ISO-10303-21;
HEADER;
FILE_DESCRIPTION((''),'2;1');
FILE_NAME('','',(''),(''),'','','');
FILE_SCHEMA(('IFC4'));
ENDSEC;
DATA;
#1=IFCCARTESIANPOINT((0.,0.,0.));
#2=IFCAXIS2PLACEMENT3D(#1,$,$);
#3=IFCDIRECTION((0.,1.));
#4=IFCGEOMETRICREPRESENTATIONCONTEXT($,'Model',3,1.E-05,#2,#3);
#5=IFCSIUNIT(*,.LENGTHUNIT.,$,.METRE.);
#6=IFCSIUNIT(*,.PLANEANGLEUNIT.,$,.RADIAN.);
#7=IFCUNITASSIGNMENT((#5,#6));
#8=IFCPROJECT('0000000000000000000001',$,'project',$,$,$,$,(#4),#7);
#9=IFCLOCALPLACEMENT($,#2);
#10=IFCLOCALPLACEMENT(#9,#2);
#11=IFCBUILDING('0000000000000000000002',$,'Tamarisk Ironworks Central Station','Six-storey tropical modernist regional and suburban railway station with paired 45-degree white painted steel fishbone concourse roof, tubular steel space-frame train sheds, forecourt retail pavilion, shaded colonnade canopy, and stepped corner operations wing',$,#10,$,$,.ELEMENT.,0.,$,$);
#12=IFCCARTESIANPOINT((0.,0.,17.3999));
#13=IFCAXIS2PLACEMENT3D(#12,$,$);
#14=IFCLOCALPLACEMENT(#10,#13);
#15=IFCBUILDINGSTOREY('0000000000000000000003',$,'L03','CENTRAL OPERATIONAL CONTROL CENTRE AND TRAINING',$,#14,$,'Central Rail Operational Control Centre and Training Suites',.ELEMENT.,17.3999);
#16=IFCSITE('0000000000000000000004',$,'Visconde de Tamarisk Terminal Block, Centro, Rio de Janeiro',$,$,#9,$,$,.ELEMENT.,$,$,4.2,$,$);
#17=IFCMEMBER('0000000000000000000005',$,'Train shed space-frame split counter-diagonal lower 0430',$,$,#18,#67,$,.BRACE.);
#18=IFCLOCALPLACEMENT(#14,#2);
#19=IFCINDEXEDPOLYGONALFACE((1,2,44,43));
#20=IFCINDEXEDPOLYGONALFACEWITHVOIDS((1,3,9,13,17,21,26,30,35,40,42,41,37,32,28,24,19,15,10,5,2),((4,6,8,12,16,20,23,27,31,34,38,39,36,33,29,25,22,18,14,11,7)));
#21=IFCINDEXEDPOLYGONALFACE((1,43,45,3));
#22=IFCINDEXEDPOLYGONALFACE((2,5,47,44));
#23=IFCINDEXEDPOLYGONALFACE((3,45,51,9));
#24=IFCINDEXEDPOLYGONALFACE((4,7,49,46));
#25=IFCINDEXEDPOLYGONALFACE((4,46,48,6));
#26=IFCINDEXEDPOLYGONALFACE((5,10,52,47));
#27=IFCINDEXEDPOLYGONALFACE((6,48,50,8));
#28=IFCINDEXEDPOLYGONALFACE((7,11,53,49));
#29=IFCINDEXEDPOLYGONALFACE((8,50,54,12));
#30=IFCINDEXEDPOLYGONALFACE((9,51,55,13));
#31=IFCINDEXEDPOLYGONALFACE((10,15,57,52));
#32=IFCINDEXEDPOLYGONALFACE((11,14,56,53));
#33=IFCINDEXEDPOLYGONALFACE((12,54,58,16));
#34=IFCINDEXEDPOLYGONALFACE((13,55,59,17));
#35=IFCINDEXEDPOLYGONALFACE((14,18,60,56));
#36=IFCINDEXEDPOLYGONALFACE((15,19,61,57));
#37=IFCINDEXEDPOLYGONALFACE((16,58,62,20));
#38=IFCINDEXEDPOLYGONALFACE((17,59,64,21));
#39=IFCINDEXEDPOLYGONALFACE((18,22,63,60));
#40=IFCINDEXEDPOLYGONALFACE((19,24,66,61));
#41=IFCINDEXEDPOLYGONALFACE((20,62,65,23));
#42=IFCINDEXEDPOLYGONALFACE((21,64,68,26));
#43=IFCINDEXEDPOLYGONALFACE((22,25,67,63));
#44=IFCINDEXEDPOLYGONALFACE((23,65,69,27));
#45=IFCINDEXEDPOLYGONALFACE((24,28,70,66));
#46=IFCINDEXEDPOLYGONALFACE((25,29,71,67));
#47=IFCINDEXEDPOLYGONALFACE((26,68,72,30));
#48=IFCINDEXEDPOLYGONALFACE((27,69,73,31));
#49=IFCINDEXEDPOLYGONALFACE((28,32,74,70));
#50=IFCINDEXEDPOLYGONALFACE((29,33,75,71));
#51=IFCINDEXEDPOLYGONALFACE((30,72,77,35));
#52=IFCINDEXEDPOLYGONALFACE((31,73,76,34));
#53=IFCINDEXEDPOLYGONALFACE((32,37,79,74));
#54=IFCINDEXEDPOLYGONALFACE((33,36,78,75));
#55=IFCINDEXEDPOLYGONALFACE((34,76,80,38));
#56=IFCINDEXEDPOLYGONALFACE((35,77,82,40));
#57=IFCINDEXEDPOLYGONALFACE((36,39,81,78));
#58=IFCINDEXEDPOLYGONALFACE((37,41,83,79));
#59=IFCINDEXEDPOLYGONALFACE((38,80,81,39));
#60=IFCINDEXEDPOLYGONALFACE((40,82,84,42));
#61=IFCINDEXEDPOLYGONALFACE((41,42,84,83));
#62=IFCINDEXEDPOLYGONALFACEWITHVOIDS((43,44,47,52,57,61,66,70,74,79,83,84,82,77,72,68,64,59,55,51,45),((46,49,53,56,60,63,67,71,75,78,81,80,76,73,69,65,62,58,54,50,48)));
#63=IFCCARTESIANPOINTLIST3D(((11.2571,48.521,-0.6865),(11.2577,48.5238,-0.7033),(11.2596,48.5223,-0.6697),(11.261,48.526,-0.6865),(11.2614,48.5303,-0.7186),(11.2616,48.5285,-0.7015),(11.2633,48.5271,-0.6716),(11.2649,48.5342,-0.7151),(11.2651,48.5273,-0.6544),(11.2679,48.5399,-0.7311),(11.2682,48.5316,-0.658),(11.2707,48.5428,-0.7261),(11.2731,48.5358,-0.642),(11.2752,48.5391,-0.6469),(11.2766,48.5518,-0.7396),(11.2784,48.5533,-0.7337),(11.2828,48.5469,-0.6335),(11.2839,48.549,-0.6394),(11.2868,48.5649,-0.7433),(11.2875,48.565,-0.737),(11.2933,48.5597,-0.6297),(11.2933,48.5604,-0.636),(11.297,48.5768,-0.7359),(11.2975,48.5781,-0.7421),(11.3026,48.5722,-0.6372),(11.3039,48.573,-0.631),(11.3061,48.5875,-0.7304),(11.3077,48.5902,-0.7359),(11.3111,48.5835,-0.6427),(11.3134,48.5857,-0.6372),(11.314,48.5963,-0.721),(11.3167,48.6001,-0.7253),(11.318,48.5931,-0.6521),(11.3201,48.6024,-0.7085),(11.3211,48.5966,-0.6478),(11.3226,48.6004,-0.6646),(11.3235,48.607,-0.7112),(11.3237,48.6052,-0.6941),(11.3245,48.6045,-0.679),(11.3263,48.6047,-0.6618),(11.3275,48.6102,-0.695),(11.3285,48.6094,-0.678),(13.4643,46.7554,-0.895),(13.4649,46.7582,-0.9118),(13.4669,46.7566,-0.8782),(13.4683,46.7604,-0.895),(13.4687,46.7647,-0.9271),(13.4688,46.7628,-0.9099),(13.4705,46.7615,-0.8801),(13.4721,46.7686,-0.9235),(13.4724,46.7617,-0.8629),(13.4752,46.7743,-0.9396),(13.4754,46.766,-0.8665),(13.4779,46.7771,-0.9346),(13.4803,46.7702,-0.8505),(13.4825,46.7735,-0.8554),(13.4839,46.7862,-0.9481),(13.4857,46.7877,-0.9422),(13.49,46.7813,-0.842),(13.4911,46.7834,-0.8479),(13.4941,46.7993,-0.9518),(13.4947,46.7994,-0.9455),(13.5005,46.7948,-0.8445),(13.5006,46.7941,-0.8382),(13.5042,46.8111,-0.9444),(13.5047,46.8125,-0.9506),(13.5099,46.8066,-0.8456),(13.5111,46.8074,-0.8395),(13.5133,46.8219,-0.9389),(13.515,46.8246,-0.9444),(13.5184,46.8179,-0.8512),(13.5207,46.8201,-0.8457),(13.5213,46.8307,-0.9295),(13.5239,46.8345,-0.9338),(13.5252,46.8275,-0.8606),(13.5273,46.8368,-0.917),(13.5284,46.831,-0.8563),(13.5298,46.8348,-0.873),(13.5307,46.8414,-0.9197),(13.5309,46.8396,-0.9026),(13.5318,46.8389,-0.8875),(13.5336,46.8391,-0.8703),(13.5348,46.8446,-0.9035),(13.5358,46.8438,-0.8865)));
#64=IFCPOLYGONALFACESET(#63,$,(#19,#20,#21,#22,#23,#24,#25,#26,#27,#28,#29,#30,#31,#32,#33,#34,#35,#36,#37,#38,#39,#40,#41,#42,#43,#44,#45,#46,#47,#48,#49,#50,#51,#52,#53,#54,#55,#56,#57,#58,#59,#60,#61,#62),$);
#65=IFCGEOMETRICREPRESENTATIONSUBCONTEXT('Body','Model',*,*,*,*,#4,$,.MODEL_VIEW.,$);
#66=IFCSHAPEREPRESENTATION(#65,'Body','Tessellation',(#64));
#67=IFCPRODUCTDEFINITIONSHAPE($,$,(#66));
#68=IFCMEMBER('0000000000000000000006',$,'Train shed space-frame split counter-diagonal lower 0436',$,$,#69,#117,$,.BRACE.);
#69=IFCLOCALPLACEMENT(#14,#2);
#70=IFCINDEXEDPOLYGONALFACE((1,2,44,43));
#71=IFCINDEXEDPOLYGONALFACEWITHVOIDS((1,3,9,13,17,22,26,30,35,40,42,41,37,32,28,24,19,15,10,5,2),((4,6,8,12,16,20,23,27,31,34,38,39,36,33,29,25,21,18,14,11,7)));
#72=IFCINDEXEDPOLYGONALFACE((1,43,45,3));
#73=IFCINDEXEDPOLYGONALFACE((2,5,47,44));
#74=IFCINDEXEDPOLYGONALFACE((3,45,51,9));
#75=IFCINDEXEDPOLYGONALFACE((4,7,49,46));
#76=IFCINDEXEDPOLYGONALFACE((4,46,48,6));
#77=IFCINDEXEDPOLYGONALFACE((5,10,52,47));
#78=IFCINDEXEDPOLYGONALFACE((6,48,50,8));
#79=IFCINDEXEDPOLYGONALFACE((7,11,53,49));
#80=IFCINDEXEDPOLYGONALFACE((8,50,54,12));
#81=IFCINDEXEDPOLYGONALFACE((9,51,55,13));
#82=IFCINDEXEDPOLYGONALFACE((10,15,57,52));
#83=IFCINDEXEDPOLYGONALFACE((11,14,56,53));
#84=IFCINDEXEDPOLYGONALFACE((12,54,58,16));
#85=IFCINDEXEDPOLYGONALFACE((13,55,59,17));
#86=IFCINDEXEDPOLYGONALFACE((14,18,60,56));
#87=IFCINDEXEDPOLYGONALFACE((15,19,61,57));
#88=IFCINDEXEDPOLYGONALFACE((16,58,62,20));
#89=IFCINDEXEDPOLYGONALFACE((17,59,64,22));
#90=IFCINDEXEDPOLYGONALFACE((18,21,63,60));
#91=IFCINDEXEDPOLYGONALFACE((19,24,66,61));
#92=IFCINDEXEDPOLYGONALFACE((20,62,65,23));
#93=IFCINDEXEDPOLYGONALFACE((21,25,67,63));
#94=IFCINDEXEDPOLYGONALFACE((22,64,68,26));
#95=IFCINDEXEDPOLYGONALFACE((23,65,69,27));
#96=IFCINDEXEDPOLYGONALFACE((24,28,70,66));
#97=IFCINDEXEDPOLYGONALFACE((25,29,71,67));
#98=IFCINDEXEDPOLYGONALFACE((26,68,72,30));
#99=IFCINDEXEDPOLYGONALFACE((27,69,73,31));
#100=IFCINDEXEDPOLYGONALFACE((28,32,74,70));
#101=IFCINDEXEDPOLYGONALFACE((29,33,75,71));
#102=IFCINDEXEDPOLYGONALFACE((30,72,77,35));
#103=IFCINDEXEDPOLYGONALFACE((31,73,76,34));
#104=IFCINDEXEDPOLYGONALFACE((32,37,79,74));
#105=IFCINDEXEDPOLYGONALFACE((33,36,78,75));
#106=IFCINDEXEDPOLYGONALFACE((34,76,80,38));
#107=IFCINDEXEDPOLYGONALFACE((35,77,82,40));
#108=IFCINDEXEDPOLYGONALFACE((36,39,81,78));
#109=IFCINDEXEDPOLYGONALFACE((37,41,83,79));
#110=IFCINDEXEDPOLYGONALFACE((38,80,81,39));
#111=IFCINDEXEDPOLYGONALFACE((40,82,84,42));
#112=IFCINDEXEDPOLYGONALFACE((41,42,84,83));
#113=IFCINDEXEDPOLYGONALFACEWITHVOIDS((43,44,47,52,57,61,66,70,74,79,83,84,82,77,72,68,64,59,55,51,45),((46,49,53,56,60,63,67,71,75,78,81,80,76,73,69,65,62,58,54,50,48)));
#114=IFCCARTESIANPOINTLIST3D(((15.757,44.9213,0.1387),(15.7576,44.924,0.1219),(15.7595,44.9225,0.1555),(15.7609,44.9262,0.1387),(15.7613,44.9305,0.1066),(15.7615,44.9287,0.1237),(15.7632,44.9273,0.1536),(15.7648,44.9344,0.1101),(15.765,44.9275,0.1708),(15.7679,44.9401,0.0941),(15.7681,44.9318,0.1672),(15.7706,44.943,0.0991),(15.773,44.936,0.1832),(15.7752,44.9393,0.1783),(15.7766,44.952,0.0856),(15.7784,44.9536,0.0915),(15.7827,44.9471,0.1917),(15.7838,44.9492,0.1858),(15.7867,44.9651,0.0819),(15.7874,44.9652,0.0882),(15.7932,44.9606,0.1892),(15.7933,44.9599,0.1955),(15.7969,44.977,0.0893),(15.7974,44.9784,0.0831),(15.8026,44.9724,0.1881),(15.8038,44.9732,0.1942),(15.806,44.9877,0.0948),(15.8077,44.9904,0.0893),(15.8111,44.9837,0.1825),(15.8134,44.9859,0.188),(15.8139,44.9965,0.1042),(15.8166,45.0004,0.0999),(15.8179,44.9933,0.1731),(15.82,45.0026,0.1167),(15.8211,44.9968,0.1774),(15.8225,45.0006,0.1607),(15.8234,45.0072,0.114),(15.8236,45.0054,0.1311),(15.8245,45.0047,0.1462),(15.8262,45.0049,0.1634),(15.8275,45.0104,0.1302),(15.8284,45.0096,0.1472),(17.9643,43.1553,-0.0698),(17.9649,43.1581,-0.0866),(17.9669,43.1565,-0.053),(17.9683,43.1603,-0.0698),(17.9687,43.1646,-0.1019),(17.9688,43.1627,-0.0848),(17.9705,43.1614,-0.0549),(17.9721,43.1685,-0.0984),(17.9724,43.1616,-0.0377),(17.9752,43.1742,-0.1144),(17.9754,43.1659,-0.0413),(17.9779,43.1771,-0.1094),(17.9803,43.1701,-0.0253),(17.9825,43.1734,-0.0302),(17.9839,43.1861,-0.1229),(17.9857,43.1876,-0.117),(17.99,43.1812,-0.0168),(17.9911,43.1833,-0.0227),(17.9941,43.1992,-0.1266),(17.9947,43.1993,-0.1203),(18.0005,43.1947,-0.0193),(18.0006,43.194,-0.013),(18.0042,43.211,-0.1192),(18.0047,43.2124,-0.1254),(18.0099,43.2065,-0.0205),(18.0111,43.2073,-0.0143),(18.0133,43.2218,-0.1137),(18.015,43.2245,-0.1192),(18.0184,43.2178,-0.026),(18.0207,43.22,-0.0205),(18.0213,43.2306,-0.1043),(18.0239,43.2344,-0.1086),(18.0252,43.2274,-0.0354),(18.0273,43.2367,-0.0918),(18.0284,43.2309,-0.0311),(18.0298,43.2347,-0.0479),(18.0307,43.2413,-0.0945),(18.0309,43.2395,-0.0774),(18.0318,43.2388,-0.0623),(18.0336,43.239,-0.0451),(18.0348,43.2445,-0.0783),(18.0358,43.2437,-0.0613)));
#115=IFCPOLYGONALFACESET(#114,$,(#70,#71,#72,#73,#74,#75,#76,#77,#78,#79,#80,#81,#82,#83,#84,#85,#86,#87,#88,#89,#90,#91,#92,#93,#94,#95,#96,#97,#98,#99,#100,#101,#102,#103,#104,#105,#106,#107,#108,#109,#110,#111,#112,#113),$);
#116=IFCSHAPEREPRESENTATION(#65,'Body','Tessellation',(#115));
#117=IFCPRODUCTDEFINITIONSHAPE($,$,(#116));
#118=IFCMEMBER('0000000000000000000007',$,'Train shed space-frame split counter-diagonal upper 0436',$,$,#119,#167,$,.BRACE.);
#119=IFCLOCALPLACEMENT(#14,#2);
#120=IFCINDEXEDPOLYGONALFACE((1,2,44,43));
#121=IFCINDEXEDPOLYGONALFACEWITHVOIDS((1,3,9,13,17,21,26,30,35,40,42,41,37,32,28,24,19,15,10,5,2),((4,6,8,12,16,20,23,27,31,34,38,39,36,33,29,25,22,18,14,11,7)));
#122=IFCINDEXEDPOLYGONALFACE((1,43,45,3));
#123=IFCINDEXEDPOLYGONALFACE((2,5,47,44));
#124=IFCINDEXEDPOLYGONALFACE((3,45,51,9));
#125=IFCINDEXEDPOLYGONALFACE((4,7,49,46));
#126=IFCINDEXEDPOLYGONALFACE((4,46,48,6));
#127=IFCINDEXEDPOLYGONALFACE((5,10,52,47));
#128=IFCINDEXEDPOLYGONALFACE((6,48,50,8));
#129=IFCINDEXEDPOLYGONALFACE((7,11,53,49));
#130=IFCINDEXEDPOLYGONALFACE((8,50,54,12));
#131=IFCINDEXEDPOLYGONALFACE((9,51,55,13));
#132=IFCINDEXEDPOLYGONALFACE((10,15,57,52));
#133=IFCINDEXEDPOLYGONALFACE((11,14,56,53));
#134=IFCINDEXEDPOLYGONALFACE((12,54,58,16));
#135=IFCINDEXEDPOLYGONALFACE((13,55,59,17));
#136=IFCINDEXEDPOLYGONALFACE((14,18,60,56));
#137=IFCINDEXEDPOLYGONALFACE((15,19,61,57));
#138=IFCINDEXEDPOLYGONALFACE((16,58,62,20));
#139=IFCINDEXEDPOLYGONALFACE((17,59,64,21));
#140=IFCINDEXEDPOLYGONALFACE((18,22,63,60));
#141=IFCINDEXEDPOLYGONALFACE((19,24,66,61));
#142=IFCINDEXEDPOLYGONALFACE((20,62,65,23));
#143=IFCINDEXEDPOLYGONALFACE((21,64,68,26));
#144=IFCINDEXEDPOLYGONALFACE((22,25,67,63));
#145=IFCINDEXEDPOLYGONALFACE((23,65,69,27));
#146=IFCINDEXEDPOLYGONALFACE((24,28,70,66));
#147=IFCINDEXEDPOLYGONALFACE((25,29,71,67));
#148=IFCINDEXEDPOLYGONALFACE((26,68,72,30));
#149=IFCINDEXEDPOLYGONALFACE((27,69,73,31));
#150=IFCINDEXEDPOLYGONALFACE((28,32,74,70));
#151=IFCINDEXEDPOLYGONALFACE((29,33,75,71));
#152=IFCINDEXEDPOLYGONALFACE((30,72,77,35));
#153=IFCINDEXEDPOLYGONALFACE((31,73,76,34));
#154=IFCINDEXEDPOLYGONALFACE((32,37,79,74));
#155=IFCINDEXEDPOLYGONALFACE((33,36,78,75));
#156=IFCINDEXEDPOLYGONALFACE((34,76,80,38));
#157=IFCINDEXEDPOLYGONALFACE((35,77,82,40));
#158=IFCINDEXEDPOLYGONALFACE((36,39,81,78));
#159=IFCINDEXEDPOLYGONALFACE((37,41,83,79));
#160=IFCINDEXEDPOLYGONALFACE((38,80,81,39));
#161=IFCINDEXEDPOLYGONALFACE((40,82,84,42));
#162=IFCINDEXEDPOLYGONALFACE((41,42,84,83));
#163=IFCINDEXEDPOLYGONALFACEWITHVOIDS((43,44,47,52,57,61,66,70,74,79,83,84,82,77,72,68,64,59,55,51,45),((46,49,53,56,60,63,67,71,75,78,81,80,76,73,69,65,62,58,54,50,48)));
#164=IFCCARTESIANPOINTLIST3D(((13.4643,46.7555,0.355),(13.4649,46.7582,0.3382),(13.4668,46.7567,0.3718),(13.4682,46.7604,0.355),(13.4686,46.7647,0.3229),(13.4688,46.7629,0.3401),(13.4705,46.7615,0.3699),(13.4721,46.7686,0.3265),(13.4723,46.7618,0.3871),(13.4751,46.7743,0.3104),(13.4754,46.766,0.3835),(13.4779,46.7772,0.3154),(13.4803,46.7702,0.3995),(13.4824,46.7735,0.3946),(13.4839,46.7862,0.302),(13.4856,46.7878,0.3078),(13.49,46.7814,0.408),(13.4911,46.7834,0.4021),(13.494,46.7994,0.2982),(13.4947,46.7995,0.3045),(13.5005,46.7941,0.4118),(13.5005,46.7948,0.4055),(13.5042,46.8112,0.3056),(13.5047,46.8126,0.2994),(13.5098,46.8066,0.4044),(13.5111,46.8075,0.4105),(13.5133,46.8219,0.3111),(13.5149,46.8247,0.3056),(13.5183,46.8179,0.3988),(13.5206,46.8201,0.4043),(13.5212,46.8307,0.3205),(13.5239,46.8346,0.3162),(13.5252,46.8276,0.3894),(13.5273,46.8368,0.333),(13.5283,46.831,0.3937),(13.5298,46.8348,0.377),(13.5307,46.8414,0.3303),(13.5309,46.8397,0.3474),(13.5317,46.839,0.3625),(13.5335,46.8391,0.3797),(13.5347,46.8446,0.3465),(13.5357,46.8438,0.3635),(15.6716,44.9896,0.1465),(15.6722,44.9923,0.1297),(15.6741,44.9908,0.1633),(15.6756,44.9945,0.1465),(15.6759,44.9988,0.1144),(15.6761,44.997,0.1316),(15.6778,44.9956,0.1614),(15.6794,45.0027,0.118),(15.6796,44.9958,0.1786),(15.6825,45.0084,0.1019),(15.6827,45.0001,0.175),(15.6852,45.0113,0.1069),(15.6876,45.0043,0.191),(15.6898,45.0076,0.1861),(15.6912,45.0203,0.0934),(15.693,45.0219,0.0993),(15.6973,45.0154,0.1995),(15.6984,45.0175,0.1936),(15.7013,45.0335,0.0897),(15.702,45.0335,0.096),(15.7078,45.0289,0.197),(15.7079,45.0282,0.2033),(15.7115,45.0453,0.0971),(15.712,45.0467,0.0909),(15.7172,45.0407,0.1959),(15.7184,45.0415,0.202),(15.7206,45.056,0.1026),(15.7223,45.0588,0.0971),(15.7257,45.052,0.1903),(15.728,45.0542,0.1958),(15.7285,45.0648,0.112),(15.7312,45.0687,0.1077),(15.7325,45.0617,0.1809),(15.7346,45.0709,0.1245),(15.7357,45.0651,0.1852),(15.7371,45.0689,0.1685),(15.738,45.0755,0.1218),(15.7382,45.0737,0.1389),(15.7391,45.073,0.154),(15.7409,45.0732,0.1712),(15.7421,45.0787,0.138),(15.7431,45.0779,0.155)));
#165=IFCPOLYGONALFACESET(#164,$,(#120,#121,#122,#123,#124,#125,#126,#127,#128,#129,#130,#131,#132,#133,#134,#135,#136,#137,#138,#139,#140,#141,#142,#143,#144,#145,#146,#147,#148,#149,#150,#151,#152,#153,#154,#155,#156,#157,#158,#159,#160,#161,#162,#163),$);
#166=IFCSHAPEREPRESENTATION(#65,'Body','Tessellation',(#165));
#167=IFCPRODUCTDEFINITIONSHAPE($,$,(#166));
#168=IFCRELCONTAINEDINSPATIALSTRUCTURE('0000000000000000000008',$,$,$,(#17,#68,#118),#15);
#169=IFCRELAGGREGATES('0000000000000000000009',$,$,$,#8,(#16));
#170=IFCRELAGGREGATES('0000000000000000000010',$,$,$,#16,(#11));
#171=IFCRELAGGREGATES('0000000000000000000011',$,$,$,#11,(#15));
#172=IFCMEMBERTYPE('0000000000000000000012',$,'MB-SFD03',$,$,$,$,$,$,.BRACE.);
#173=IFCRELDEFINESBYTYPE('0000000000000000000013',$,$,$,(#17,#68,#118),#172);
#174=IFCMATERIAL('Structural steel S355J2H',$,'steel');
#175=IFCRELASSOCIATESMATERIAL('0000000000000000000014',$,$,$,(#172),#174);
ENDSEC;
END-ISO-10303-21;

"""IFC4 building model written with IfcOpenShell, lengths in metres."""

from ifc_helpers import new_model, si_unit, direction, frame, origin, origin_2d, place, context, subcontext, project, spatial, hollow_circle, extrude, material, material_profile, profile_set, type_object, element, save


model = new_model("IFC4")

# Units and contexts
model_context = context("Model", 3, precision=1e-05, world=origin(), true_north=direction((0.0, 1.0)))
body_context = subcontext(model_context, "Body", "Model", "MODEL_VIEW")
ifc_project = project(units=[si_unit("LENGTHUNIT", "METRE"), si_unit("PLANEANGLEUNIT", "RADIAN")], contexts=[model_context])

# Site, building, storey
site_placement = place(None, origin())
site = spatial("IfcSite", under=ifc_project, at=site_placement, Name="Visconde de Tamarisk Terminal Block, Centro, Rio de Janeiro", CompositionType="ELEMENT", RefElevation=4.2)
building_placement = place(site_placement, origin())
building = spatial("IfcBuilding", under=site, at=building_placement, Name="Tamarisk Ironworks Central Station", Description="Six-storey tropical modernist regional and suburban railway station with paired 45-degree white painted steel fishbone concourse roof, tubular steel space-frame train sheds, forecourt retail pavilion, shaded colonnade canopy, and stepped corner operations wing", CompositionType="ELEMENT", ElevationOfRefHeight=0.0)
storey_placement = place(building_placement, frame((0.0, 0.0, 17.3999)))
storey = spatial("IfcBuildingStorey", under=building, at=storey_placement, Name="L03", Description="CENTRAL OPERATIONAL CONTROL CENTRE AND TRAINING", LongName="Central Rail Operational Control Centre and Training Suites", CompositionType="ELEMENT", Elevation=17.3999)

# Members
ifc_material = material(Name="Structural steel S355J2H", Category="steel")
ifc_material_profile_1 = material_profile(ifc_material, hollow_circle(Radius=0.0571, WallThickness=0.0063, at=origin_2d()), Name="CHS 114.3x6.3")
ifc_profile_set_1 = profile_set([ifc_material_profile_1], Name="Structural steel S355J2H")
member_type_1 = type_object("IfcMemberType", Name="MB-SFD03", PredefinedType="BRACE", material=ifc_profile_set_1)
member_1_placement = place(storey_placement, frame((13.5, 46.8, -0.895), z_axis=(-0.778787, 0.62296, 0.073563), x_axis=(-0.624653, -0.780903, 0.0)))
element("IfcMember", 1, at=member_1_placement, inside=storey, type_object=member_type_1, Name="Train shed space-frame split counter-diagonal lower 0430", PredefinedType="BRACE", context=body_context, shape_type="SweptSolid", body=[
    extrude(hollow_circle(Radius=0.0571, WallThickness=0.0063, at=origin_2d()), origin(), (0.0, 0.0, 1.0), 2.8342),
])
for number, where, z_axis, x_axis, name in (
    (2, (18.0, 43.2, -0.0698), (-0.778745, 0.623013, 0.073559), (-0.624706, -0.78086, 0.0), "Train shed space-frame split counter-diagonal lower 0436"),
    (3, (15.7073, 45.0342, 0.1465), (-0.778745, 0.623013, 0.073559), (-0.624706, -0.78086, 0.0), "Train shed space-frame split counter-diagonal upper 0436"),
):
    element("IfcMember", number, at=place(storey_placement, frame(where, z_axis=z_axis, x_axis=x_axis)), inside=storey, type_object=member_type_1, Name=name, PredefinedType="BRACE", context=body_context, shape_type="SweptSolid", body=[
        extrude(hollow_circle(Radius=0.0571, WallThickness=0.0063, at=origin_2d()), origin(), (0.0, 0.0, 1.0), 2.8345),
    ])

save(model, "model.ifc")
